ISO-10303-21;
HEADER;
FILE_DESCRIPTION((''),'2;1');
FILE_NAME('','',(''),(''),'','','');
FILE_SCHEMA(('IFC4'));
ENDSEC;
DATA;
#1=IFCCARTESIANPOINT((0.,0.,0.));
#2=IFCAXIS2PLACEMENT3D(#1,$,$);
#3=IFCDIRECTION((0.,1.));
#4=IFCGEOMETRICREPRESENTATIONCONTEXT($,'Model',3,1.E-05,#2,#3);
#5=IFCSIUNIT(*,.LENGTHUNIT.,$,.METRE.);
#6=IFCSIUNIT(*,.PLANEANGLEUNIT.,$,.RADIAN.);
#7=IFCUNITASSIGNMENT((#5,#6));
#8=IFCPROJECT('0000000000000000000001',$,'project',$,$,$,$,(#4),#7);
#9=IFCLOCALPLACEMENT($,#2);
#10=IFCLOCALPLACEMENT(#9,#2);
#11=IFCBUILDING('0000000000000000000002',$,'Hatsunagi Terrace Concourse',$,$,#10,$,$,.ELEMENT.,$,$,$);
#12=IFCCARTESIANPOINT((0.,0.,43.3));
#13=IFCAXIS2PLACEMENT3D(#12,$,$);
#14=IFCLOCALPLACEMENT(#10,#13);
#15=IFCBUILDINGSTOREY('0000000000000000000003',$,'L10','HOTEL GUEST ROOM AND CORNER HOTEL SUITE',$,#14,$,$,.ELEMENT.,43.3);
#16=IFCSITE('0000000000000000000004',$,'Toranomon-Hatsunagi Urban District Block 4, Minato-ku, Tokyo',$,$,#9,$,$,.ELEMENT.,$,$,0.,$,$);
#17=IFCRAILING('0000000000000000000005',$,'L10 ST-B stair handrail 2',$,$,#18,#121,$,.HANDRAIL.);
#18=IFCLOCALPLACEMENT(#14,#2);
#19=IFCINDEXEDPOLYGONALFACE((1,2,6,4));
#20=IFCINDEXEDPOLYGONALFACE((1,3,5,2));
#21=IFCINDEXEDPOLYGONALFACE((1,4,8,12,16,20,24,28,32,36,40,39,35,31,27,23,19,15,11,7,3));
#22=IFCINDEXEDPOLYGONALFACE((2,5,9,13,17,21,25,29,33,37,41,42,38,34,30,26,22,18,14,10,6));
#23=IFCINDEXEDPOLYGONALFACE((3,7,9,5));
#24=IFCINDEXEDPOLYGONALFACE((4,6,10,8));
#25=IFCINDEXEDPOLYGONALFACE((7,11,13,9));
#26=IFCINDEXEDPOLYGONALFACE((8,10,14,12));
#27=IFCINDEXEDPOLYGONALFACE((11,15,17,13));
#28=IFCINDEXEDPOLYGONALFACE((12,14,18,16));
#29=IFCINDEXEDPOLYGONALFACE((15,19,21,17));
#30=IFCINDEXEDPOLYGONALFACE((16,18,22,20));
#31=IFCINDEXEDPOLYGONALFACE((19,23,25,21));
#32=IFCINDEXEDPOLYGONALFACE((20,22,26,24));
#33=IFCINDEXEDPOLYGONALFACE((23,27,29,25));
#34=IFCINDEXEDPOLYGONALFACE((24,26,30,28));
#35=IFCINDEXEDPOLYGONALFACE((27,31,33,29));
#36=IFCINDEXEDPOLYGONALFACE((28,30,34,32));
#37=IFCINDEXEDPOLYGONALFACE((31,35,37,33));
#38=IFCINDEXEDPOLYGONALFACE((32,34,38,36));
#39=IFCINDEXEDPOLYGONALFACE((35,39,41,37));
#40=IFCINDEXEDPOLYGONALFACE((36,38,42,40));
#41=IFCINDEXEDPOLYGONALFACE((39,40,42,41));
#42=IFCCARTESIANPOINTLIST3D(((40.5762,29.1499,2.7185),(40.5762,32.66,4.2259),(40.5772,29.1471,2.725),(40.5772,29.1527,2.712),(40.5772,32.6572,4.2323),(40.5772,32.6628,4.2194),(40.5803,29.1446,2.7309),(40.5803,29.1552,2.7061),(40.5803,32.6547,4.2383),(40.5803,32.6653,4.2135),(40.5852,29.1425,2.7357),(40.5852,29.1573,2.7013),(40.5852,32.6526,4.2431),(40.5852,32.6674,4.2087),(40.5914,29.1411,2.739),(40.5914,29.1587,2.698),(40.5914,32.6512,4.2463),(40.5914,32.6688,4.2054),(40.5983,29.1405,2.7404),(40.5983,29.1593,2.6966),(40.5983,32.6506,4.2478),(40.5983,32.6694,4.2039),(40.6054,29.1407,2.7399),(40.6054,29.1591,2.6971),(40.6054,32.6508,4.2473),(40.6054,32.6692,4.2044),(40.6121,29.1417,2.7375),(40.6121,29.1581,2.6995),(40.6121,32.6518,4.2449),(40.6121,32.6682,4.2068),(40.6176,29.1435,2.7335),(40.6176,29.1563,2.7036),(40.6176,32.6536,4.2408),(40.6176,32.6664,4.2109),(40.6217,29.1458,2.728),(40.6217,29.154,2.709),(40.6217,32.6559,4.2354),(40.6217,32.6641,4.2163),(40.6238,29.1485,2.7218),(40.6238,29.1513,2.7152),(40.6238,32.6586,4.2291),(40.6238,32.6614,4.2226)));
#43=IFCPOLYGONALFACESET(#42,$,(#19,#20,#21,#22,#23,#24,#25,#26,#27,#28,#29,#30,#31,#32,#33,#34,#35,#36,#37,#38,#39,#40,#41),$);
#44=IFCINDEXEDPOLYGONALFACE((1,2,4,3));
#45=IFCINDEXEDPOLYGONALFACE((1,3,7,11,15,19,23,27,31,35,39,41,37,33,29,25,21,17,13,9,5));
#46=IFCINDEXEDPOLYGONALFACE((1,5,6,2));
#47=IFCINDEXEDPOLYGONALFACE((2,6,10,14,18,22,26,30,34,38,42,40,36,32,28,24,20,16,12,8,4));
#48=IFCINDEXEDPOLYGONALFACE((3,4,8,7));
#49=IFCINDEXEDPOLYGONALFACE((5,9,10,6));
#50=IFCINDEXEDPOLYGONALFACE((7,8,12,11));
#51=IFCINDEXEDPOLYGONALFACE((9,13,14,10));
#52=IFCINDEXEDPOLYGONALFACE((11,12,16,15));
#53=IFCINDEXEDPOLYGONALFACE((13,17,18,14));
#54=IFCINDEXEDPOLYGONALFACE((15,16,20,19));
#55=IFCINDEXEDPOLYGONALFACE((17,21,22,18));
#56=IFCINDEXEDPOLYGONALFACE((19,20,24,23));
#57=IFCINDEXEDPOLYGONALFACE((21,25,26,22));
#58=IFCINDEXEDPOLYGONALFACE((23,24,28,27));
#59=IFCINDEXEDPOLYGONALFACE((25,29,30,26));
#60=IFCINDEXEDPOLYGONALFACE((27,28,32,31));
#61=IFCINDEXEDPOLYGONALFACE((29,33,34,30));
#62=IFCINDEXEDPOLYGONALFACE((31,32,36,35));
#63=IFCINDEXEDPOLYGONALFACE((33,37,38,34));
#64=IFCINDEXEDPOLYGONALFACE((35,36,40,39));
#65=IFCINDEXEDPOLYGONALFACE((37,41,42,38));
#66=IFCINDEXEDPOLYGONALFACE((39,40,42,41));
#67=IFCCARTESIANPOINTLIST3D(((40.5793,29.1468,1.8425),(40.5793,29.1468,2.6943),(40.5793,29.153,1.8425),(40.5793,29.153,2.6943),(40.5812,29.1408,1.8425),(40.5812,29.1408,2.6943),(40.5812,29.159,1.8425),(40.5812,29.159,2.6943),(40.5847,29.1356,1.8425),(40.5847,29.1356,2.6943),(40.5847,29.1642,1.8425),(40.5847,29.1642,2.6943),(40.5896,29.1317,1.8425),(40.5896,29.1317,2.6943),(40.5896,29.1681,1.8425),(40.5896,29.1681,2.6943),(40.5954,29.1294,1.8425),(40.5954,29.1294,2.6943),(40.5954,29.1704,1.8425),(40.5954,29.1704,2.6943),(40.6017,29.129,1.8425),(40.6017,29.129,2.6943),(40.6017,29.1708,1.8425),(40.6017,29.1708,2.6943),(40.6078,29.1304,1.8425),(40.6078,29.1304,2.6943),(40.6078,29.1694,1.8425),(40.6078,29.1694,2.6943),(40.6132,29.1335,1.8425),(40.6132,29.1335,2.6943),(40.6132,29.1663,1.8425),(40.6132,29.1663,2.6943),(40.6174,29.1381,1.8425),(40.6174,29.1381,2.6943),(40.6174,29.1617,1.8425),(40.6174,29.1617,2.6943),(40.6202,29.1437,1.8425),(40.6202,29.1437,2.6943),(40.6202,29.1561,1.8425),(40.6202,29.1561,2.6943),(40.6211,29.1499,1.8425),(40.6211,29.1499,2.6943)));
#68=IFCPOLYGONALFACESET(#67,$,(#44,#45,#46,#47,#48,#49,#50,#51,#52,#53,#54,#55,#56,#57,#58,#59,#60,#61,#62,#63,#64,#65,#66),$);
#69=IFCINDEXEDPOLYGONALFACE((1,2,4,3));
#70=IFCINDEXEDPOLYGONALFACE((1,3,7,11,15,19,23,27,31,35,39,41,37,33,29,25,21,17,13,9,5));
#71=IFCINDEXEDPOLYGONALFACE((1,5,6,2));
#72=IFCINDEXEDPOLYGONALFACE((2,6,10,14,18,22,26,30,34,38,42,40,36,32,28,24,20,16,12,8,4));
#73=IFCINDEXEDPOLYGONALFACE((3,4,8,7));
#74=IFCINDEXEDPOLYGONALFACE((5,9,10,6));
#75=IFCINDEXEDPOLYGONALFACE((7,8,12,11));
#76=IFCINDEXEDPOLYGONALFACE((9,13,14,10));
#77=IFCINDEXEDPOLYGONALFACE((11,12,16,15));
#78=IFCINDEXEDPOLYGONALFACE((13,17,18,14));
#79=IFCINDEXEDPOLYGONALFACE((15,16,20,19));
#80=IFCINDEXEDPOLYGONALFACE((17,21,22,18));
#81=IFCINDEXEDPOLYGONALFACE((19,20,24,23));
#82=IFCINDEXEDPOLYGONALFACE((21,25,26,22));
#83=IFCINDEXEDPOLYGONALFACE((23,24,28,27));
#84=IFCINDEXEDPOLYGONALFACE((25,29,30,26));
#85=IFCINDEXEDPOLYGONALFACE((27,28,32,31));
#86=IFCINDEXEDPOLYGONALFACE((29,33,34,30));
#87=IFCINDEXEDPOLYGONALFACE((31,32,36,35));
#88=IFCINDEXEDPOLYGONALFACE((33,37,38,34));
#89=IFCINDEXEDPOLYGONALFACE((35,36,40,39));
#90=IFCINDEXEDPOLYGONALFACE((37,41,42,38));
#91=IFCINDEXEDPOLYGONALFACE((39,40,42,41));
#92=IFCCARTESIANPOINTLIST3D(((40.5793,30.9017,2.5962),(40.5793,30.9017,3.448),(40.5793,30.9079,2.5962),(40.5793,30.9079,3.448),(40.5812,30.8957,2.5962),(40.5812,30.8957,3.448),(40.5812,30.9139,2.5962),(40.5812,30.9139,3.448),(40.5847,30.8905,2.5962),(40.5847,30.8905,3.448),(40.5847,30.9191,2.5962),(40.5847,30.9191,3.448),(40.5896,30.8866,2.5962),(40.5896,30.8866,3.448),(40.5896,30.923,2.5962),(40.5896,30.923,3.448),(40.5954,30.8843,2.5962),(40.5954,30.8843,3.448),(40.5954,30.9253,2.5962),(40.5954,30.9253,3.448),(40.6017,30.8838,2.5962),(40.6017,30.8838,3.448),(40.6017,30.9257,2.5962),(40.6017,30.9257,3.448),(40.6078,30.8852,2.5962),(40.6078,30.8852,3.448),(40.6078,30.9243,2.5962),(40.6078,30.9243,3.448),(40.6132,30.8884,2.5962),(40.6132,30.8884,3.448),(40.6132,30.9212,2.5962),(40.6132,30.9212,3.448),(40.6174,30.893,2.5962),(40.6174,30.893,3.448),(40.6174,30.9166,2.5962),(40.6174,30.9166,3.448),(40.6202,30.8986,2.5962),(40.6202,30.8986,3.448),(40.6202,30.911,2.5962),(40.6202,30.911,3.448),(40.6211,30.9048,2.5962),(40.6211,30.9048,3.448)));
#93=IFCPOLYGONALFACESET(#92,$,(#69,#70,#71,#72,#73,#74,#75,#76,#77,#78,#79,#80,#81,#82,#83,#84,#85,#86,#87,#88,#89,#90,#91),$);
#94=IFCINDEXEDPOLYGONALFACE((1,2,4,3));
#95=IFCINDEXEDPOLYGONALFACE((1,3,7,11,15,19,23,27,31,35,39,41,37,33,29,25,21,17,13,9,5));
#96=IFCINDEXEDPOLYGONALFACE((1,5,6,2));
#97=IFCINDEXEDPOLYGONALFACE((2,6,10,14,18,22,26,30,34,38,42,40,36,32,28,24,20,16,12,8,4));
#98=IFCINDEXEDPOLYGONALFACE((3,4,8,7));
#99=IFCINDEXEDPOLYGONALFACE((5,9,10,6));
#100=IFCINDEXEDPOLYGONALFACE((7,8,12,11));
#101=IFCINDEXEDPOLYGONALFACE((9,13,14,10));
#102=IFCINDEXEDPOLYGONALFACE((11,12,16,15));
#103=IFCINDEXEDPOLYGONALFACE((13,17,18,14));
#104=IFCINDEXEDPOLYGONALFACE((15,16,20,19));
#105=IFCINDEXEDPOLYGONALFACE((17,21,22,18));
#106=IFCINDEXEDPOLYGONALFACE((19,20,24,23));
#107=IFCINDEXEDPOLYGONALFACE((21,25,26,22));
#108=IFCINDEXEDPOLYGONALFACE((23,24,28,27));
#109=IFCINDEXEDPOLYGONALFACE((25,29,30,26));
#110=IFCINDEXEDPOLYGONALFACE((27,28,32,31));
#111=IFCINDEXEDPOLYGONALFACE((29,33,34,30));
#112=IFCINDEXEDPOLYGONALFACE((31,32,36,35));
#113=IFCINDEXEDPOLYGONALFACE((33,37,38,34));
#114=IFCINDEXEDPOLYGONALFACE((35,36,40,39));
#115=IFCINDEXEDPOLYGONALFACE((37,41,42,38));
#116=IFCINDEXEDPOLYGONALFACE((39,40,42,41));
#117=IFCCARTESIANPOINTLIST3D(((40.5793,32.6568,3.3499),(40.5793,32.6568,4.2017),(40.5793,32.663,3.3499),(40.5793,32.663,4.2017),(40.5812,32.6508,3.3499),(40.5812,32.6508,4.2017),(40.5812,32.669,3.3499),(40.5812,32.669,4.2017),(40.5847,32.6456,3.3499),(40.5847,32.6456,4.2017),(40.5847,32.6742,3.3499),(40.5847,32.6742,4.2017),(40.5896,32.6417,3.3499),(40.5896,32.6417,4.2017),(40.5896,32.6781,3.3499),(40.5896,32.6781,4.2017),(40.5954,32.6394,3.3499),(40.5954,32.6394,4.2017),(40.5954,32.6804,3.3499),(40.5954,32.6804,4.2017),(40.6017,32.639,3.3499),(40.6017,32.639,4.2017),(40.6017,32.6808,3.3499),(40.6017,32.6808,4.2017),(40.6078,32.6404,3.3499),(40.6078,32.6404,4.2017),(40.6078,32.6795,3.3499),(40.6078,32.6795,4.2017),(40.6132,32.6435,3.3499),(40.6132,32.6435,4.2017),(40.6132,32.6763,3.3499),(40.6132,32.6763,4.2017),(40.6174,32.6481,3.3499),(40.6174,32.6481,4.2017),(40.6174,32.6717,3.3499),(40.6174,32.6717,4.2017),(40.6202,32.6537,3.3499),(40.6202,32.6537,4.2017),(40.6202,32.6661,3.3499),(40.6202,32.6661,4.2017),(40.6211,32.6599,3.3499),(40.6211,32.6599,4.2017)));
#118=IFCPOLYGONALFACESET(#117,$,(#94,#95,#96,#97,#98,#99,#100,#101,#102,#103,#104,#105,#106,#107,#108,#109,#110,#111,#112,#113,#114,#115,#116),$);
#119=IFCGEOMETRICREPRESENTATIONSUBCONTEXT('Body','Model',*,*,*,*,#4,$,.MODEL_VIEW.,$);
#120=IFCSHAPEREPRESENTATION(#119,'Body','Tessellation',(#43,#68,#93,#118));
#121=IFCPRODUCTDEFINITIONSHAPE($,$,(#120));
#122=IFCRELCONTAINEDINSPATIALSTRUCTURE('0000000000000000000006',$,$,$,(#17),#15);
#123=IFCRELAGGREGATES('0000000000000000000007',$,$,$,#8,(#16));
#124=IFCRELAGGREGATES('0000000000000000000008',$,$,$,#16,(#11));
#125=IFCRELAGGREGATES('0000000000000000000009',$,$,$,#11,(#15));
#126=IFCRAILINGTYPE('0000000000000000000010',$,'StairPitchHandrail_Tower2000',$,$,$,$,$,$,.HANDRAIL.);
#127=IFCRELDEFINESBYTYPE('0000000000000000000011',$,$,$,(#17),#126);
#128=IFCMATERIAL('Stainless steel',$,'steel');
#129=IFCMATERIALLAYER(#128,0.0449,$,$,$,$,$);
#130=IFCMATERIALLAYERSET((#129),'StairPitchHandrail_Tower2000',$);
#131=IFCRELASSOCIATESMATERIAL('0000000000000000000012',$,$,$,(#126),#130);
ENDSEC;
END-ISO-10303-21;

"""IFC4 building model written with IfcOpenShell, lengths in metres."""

from ifc_helpers import new_model, si_unit, direction, frame, origin, origin_2d, place, context, subcontext, project, spatial, circle, extrude, material, layer, layer_set, type_object, element, save


model = new_model("IFC4")

# Units and contexts
model_context = context("Model", 3, precision=1e-05, world=origin(), true_north=direction((0.0, 1.0)))
body_context = subcontext(model_context, "Body", "Model", "MODEL_VIEW")
ifc_project = project(units=[si_unit("LENGTHUNIT", "METRE"), si_unit("PLANEANGLEUNIT", "RADIAN")], contexts=[model_context])

# Site, building, storey
site_placement = place(None, origin())
site = spatial("IfcSite", under=ifc_project, at=site_placement, Name="Toranomon-Hatsunagi Urban District Block 4, Minato-ku, Tokyo", CompositionType="ELEMENT", RefElevation=0.0)
building_placement = place(site_placement, origin())
building = spatial("IfcBuilding", under=site, at=building_placement, Name="Hatsunagi Terrace Concourse", CompositionType="ELEMENT")
storey_placement = place(building_placement, frame((0.0, 0.0, 43.3)))
storey = spatial("IfcBuildingStorey", under=building, at=storey_placement, Name="L10", Description="HOTEL GUEST ROOM AND CORNER HOTEL SUITE", CompositionType="ELEMENT", Elevation=43.3)

# Railing
ifc_material_1 = material(Name="Stainless steel", Category="steel")
ifc_layer_1 = layer(ifc_material_1, 0.0449)
ifc_layer_set_1 = layer_set([ifc_layer_1], Name="StairPitchHandrail_Tower2000")
railing_type_1 = type_object("IfcRailingType", Name="StairPitchHandrail_Tower2000", PredefinedType="HANDRAIL", material=ifc_layer_set_1)
railing_1_placement = place(storey_placement, frame((40.6001, 29.1499, 1.8425)))
element("IfcRailing", 1, at=railing_1_placement, inside=storey, type_object=railing_type_1, Name="L10 ST-B stair handrail 2", PredefinedType="HANDRAIL", context=body_context, shape_type="SweptSolid", body=[
    extrude(circle(Radius=0.0239, at=origin_2d()), frame((0.0, 0.0, 0.876), z_axis=(0.0, 0.918857, 0.39459), x_axis=(-1.0, 0.0, 0.0)), (0.0, 0.0, 1.0), 3.8201),
    extrude(circle(Radius=0.021, at=origin_2d()), origin(), (0.0, 0.0, 1.0), 0.8518),
    extrude(circle(Radius=0.021, at=origin_2d()), frame((0.0, 1.7549, 0.7537)), (0.0, 0.0, 1.0), 0.8518),
    extrude(circle(Radius=0.021, at=origin_2d()), frame((0.0, 3.51, 1.5073)), (0.0, 0.0, 1.0), 0.8518),
])

save(model, "model.ifc")
